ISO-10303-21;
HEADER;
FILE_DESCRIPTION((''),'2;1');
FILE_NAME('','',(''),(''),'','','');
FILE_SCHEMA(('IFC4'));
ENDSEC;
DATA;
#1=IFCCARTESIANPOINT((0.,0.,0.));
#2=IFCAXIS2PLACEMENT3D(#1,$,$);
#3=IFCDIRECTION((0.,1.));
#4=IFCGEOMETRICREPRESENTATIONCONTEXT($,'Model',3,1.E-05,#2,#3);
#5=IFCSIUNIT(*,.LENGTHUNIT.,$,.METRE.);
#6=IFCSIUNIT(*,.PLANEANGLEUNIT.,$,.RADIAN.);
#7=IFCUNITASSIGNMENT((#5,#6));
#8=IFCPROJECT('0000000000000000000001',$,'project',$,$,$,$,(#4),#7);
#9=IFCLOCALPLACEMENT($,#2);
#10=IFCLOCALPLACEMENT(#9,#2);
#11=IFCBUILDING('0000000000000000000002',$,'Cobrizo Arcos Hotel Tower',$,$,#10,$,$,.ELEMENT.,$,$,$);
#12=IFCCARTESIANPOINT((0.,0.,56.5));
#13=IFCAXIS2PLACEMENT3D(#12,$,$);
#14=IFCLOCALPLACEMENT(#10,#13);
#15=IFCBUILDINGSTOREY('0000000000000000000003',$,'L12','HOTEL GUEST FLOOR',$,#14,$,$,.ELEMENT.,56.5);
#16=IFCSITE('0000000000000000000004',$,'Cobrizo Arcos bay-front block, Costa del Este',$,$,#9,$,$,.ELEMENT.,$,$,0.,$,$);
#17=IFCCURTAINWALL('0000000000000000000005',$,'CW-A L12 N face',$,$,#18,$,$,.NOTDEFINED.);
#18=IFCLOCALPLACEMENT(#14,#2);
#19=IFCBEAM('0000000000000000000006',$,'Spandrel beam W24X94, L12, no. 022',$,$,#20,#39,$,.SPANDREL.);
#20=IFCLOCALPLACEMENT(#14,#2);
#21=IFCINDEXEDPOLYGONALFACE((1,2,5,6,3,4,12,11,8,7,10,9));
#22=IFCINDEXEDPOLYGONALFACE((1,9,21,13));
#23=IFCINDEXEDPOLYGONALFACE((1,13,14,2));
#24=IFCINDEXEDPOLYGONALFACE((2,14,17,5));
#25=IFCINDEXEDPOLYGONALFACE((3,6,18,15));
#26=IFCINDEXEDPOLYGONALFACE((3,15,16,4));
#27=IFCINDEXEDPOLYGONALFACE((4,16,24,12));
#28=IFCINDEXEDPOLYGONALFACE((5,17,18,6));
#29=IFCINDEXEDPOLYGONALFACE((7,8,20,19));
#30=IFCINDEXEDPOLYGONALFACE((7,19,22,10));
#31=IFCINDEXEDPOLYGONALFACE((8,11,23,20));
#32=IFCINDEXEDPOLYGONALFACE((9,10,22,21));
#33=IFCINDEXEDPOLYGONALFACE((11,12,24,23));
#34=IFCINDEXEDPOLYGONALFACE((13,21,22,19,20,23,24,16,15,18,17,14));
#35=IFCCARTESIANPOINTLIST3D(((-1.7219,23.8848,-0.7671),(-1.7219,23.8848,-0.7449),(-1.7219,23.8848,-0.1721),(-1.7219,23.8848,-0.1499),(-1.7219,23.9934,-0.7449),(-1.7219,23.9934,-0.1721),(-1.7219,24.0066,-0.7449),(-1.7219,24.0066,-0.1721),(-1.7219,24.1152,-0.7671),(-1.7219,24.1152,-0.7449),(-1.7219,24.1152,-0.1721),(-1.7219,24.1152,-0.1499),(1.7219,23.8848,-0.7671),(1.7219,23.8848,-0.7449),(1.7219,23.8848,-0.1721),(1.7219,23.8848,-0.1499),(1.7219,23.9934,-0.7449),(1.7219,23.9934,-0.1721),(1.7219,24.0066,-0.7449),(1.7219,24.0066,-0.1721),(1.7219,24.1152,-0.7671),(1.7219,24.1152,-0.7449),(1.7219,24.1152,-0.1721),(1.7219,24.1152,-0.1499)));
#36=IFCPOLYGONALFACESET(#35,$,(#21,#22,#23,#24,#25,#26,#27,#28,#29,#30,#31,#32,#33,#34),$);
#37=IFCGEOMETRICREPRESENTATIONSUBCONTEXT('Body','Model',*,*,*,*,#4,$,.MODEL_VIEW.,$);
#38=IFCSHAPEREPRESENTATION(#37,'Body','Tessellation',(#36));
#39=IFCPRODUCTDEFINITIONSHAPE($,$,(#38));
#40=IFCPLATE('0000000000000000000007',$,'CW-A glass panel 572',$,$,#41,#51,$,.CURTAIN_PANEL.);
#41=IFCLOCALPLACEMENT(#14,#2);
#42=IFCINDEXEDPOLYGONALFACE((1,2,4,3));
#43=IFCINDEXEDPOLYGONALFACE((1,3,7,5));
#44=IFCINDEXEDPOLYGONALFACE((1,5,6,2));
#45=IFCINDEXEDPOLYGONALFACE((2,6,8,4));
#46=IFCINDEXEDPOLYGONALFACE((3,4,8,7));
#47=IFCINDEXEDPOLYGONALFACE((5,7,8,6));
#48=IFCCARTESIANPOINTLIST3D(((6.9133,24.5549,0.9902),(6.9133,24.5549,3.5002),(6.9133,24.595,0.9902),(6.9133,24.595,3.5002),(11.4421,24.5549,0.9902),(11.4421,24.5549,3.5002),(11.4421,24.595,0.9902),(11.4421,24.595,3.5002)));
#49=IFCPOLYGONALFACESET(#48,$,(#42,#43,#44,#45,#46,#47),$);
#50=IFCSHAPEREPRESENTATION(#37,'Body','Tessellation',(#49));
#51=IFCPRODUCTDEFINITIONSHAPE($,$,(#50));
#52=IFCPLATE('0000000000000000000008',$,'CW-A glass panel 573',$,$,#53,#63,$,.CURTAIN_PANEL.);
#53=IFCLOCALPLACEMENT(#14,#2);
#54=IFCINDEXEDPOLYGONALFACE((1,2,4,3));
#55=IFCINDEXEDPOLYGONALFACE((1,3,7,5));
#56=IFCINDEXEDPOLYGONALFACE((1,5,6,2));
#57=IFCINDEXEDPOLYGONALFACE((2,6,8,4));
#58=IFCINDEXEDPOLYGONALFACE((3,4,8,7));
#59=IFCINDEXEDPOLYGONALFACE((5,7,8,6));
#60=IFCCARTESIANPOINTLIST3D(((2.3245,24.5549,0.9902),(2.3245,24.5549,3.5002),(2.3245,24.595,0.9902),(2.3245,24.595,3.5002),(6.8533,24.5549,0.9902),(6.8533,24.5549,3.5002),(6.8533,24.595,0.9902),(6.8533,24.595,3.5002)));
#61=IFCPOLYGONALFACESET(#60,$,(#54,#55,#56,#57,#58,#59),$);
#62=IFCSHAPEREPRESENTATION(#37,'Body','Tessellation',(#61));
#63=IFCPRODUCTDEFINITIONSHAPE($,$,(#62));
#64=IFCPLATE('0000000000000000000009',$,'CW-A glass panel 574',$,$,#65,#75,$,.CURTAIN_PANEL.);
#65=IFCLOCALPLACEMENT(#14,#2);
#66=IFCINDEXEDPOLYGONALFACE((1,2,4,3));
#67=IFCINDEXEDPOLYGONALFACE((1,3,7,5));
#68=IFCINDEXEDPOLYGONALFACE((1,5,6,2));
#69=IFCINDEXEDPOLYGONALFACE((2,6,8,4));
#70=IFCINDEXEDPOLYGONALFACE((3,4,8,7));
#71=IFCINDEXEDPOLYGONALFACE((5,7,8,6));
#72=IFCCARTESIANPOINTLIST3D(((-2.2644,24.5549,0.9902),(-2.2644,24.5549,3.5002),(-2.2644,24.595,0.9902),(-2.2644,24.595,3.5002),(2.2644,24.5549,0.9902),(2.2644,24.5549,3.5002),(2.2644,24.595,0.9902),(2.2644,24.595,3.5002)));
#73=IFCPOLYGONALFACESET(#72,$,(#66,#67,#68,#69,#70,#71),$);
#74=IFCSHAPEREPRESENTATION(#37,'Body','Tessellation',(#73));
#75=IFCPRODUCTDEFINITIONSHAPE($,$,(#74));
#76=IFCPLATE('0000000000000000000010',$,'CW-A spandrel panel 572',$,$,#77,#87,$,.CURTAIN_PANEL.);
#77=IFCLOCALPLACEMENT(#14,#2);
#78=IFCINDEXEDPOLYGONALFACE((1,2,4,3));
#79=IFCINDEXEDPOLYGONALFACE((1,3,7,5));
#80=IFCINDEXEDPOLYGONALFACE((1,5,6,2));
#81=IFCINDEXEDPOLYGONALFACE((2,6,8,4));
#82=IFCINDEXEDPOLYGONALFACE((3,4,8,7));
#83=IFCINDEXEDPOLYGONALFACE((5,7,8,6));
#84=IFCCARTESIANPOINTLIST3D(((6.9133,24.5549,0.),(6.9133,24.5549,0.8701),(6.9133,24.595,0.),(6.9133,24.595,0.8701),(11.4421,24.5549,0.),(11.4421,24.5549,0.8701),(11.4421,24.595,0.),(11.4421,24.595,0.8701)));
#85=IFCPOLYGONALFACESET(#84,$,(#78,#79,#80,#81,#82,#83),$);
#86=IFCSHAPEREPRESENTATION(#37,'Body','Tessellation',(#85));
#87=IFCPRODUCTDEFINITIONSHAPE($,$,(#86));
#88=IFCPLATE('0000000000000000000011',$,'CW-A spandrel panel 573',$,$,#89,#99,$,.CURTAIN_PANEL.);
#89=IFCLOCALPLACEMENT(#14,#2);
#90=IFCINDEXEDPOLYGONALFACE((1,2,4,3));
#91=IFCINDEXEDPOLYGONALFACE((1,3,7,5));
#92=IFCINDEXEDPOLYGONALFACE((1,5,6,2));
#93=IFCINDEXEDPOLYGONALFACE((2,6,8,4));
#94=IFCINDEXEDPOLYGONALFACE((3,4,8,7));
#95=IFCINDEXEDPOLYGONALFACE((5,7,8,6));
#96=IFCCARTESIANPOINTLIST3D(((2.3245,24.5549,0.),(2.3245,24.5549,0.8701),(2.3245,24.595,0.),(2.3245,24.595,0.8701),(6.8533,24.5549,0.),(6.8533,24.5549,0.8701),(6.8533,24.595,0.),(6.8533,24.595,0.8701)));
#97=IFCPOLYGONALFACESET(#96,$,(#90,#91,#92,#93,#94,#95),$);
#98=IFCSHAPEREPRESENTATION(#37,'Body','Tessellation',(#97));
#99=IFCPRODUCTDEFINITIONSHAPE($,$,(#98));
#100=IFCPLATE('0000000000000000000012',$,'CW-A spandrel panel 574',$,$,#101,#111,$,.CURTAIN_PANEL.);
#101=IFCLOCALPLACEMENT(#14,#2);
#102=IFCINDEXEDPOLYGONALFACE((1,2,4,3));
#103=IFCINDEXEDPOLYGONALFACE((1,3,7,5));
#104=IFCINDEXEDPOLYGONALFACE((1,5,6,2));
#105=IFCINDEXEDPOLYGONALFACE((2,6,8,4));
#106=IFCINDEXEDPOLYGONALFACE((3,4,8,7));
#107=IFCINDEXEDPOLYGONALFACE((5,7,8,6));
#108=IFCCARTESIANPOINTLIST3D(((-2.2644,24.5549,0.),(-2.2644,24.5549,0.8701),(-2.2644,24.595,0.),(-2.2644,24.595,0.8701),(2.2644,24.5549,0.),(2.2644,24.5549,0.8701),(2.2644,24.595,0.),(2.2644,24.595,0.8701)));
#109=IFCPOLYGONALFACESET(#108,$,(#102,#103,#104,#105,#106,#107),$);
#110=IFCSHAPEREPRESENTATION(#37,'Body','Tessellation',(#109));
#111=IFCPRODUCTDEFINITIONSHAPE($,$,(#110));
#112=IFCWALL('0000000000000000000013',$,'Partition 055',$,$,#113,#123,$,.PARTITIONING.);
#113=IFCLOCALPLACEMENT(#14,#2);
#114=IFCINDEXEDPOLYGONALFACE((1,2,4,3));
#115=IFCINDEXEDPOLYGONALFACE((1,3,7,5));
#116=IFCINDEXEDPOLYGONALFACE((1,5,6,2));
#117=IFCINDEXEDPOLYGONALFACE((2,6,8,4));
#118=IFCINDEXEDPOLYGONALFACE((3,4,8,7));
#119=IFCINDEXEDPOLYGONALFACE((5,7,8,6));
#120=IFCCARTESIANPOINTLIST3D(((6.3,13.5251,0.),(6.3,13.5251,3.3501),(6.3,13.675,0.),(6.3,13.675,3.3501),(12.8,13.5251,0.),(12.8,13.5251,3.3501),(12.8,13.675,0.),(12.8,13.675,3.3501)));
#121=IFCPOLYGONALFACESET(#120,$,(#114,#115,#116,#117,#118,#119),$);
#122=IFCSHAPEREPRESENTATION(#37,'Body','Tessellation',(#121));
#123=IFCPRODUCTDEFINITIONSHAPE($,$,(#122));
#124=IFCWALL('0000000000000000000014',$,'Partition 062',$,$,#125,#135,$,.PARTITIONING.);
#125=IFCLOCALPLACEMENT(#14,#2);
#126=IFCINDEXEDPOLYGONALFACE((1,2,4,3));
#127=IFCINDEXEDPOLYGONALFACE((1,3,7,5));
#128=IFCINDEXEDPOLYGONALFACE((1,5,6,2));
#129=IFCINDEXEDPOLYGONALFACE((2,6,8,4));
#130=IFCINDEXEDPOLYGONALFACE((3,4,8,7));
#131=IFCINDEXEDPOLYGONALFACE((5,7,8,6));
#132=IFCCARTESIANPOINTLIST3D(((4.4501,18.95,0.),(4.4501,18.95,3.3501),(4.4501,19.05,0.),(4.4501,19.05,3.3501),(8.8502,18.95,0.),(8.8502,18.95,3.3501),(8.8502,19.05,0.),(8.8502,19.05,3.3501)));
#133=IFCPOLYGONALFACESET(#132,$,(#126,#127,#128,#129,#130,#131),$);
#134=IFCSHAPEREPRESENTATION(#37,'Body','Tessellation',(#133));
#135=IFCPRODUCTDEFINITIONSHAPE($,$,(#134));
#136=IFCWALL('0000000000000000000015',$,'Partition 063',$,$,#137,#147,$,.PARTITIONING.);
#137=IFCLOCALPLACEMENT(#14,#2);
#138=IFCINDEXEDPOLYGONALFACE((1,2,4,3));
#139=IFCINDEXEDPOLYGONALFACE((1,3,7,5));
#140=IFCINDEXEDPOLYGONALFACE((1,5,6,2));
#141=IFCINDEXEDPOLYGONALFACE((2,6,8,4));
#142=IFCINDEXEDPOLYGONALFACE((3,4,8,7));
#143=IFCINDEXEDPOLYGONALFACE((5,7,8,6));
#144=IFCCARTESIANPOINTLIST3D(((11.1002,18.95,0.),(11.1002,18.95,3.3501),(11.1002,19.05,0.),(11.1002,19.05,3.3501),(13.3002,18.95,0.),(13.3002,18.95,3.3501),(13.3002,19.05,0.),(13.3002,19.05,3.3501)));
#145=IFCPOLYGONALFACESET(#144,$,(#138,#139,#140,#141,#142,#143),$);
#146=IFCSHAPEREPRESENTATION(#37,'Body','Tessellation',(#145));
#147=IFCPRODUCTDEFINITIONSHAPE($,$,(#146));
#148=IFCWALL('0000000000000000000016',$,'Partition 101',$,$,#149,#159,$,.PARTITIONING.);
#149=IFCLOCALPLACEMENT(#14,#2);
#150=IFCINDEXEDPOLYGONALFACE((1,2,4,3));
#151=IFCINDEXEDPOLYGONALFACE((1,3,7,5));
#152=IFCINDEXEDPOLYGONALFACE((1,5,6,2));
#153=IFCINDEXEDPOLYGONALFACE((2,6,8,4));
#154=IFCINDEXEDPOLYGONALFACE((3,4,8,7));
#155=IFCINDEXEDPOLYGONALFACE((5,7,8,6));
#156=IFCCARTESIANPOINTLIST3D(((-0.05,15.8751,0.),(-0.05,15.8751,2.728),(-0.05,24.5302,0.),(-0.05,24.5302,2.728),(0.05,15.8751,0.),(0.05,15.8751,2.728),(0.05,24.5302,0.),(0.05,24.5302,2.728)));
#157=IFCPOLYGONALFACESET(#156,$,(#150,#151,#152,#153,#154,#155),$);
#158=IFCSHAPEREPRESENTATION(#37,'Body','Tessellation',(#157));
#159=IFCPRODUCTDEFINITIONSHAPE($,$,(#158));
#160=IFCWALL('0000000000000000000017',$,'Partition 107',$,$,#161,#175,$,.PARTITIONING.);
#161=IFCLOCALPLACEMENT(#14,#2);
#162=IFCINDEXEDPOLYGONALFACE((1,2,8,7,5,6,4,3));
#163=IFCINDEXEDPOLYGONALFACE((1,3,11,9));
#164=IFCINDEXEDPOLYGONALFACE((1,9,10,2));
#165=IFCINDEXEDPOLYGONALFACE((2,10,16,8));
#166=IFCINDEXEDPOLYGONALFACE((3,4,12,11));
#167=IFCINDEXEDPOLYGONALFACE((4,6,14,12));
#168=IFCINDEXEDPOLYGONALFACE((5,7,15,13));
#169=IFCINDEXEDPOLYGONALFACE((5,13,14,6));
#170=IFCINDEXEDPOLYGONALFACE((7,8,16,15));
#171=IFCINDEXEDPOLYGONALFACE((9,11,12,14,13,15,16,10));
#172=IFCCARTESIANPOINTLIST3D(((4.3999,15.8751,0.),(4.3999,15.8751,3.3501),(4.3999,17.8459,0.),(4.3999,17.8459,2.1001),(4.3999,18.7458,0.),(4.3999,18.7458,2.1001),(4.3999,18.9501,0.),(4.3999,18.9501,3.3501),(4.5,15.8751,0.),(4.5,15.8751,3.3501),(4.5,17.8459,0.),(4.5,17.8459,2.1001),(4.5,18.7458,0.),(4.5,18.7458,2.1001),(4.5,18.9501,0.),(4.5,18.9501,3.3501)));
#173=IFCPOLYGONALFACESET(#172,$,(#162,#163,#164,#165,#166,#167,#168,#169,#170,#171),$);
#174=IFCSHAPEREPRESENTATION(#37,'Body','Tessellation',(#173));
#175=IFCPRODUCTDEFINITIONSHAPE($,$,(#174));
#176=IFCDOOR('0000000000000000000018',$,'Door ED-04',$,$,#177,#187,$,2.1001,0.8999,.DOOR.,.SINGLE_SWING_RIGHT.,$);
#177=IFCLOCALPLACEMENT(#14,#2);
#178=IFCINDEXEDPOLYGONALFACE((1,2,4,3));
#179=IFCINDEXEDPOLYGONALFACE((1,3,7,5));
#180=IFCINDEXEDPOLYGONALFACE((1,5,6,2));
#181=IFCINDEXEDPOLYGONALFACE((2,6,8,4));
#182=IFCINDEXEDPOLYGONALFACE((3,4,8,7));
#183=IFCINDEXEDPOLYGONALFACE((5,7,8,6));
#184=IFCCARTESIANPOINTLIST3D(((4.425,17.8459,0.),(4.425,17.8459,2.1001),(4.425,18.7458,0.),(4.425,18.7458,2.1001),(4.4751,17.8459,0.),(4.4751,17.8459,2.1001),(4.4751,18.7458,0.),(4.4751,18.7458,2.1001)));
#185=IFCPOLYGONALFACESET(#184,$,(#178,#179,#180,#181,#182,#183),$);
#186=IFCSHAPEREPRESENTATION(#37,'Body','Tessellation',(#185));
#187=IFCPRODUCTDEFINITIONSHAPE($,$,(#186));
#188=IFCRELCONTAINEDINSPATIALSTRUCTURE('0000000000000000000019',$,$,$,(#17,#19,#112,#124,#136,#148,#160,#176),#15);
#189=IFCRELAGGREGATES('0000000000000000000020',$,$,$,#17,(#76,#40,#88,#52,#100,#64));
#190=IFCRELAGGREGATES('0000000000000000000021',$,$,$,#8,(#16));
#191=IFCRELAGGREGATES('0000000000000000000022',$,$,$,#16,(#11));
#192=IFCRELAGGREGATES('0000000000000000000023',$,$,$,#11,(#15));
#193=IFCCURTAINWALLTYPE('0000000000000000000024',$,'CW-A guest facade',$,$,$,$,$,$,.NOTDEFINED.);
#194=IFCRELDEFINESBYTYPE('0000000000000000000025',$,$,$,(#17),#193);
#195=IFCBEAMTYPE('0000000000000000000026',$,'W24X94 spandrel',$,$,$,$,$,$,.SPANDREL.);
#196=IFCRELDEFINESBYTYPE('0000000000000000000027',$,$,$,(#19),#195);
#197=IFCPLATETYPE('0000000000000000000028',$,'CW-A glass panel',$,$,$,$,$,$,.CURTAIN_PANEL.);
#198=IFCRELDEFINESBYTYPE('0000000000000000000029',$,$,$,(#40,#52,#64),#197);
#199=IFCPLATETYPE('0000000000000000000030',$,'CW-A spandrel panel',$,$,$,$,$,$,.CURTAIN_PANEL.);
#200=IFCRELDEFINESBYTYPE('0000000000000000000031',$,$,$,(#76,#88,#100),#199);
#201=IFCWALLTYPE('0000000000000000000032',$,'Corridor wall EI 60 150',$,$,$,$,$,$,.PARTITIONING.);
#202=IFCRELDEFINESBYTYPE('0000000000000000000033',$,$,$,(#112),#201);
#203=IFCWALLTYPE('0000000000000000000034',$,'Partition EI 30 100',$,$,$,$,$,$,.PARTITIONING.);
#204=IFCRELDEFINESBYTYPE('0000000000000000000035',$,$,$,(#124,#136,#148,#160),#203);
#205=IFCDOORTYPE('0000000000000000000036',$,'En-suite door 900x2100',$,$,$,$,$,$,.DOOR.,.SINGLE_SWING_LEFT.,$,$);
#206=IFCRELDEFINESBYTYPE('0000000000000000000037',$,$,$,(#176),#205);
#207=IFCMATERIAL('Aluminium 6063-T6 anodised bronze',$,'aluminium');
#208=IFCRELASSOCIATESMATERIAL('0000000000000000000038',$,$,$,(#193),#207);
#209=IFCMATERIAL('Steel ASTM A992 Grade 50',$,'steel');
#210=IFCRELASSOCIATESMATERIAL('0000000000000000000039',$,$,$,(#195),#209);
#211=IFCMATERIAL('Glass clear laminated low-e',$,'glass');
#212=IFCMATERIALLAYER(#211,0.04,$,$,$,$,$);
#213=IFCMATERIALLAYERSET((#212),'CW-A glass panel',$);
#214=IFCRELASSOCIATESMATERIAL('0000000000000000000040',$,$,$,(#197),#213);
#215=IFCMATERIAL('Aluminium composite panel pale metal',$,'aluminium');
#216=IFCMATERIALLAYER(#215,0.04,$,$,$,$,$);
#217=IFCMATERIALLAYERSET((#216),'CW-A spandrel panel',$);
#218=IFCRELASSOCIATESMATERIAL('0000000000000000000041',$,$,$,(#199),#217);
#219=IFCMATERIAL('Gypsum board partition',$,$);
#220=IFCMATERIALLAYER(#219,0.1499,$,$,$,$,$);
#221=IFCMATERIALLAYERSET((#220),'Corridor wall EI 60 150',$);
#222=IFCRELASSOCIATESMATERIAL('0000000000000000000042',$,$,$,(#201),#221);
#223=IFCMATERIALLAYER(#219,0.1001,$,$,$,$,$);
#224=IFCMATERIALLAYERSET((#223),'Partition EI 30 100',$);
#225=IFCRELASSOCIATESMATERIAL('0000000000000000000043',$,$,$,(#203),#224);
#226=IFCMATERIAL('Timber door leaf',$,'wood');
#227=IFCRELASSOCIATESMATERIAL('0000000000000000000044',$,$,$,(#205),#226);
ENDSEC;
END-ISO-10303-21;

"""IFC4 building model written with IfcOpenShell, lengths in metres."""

from ifc_helpers import new_model, si_unit, direction, frame, frame_2d, origin, origin_2d, place, context, subcontext, project, spatial, rectangle, i_section, extrude, material, layer, layer_set, material_profile, profile_set, type_object, element, fill, aggregate, save


model = new_model("IFC4")

# Units and contexts
model_context = context("Model", 3, precision=1e-05, world=origin(), true_north=direction((0.0, 1.0)))
body_context = subcontext(model_context, "Body", "Model", "MODEL_VIEW")
ifc_project = project(units=[si_unit("LENGTHUNIT", "METRE"), si_unit("PLANEANGLEUNIT", "RADIAN")], contexts=[model_context])

# Site, building, storey
site_placement = place(None, origin())
site = spatial("IfcSite", under=ifc_project, at=site_placement, Name="Cobrizo Arcos bay-front block, Costa del Este", CompositionType="ELEMENT", RefElevation=0.0)
building_placement = place(site_placement, origin())
building = spatial("IfcBuilding", under=site, at=building_placement, Name="Cobrizo Arcos Hotel Tower", CompositionType="ELEMENT")
storey_placement = place(building_placement, frame((0.0, 0.0, 56.5)))
storey = spatial("IfcBuildingStorey", under=building, at=storey_placement, Name="L12", Description="HOTEL GUEST FLOOR", CompositionType="ELEMENT", Elevation=56.5)

# Curtain wall
ifc_material_1 = material(Name="Aluminium 6063-T6 anodised bronze", Category="aluminium")
curtain_wall_type = type_object("IfcCurtainWallType", Name="CW-A guest facade", PredefinedType="NOTDEFINED", material=ifc_material_1)
curtain_wall_placement = place(storey_placement, origin())
curtain_wall = element("IfcCurtainWall", 1, at=curtain_wall_placement, inside=storey, type_object=curtain_wall_type, Name="CW-A L12 N face", PredefinedType="NOTDEFINED")

# Beam
ifc_material_2 = material(Name="Steel ASTM A992 Grade 50", Category="steel")
ifc_material_profile_1 = material_profile(ifc_material_2, i_section(OverallWidth=0.2305, OverallDepth=0.6172, WebThickness=0.0132, FlangeThickness=0.0222, at=origin_2d()), Name="W24X94")
ifc_profile_set_1 = profile_set([ifc_material_profile_1], Name="Steel ASTM A992 Grade 50")
beam_type = type_object("IfcBeamType", Name="W24X94 spandrel", PredefinedType="SPANDREL", material=ifc_profile_set_1)
beam_1_placement = place(storey_placement, frame((1.7219, 24.0, -0.4585), z_axis=(-1.0, 0.0, 0.0), x_axis=(0.0, -1.0, 0.0)))
element("IfcBeam", 2, at=beam_1_placement, inside=storey, type_object=beam_type, Name="Spandrel beam W24X94, L12, no. 022", PredefinedType="SPANDREL", context=body_context, shape_type="SweptSolid", body=[
    extrude(i_section(OverallWidth=0.2305, OverallDepth=0.6172, WebThickness=0.0132, FlangeThickness=0.0222, at=origin_2d()), origin(), (0.0, 0.0, 1.0), 3.4438),
])

# Plates
ifc_material_3 = material(Name="Glass clear laminated low-e", Category="glass")
ifc_layer_1 = layer(ifc_material_3, 0.04)
ifc_layer_set_1 = layer_set([ifc_layer_1], Name="CW-A glass panel")
plate_type_1 = type_object("IfcPlateType", Name="CW-A glass panel", PredefinedType="CURTAIN_PANEL", material=ifc_layer_set_1)
plate_1_placement = place(storey_placement, frame((9.1777, 24.575, 0.9902), z_axis=(0.0, 0.0, 1.0), x_axis=(-1.0, 0.0, 0.0)))
plate_1 = element("IfcPlate", 3, at=plate_1_placement, type_object=plate_type_1, Name="CW-A glass panel 572", PredefinedType="CURTAIN_PANEL", context=body_context, shape_type="SweptSolid", body=[
    extrude(rectangle(XDim=4.5288, YDim=0.04, at=origin_2d()), origin(), (0.0, 0.0, 1.0), 2.51),
])
plate_2_placement = place(storey_placement, frame((4.5889, 24.575, 0.9902), z_axis=(0.0, 0.0, 1.0), x_axis=(-1.0, 0.0, 0.0)))
plate_2 = element("IfcPlate", 4, at=plate_2_placement, type_object=plate_type_1, Name="CW-A glass panel 573", PredefinedType="CURTAIN_PANEL", context=body_context, shape_type="SweptSolid", body=[
    extrude(rectangle(XDim=4.5288, YDim=0.04, at=origin_2d()), origin(), (0.0, 0.0, 1.0), 2.51),
])
plate_3_placement = place(storey_placement, frame((0.0, 24.575, 0.9902), z_axis=(0.0, 0.0, 1.0), x_axis=(-1.0, 0.0, 0.0)))
plate_3 = element("IfcPlate", 5, at=plate_3_placement, type_object=plate_type_1, Name="CW-A glass panel 574", PredefinedType="CURTAIN_PANEL", context=body_context, shape_type="SweptSolid", body=[
    extrude(rectangle(XDim=4.5288, YDim=0.04, at=origin_2d()), origin(), (0.0, 0.0, 1.0), 2.51),
])
ifc_material_4 = material(Name="Aluminium composite panel pale metal", Category="aluminium")
ifc_layer_2 = layer(ifc_material_4, 0.04)
ifc_layer_set_2 = layer_set([ifc_layer_2], Name="CW-A spandrel panel")
plate_type_2 = type_object("IfcPlateType", Name="CW-A spandrel panel", PredefinedType="CURTAIN_PANEL", material=ifc_layer_set_2)
plate_4_placement = place(storey_placement, frame((9.1777, 24.575, 0.0), z_axis=(0.0, 0.0, 1.0), x_axis=(-1.0, 0.0, 0.0)))
plate_4 = element("IfcPlate", 6, at=plate_4_placement, type_object=plate_type_2, Name="CW-A spandrel panel 572", PredefinedType="CURTAIN_PANEL", context=body_context, shape_type="SweptSolid", body=[
    extrude(rectangle(XDim=4.5288, YDim=0.04, at=origin_2d()), origin(), (0.0, 0.0, 1.0), 0.8701),
])
plate_5_placement = place(storey_placement, frame((4.5889, 24.575, 0.0), z_axis=(0.0, 0.0, 1.0), x_axis=(-1.0, 0.0, 0.0)))
plate_5 = element("IfcPlate", 7, at=plate_5_placement, type_object=plate_type_2, Name="CW-A spandrel panel 573", PredefinedType="CURTAIN_PANEL", context=body_context, shape_type="SweptSolid", body=[
    extrude(rectangle(XDim=4.5288, YDim=0.04, at=origin_2d()), origin(), (0.0, 0.0, 1.0), 0.8701),
])
plate_6_placement = place(storey_placement, frame((0.0, 24.575, 0.0), z_axis=(0.0, 0.0, 1.0), x_axis=(-1.0, 0.0, 0.0)))
plate_6 = element("IfcPlate", 8, at=plate_6_placement, type_object=plate_type_2, Name="CW-A spandrel panel 574", PredefinedType="CURTAIN_PANEL", context=body_context, shape_type="SweptSolid", body=[
    extrude(rectangle(XDim=4.5288, YDim=0.04, at=origin_2d()), origin(), (0.0, 0.0, 1.0), 0.8701),
])
aggregate(curtain_wall, [plate_4, plate_1, plate_5, plate_2, plate_6, plate_3])

# Walls
ifc_material_5 = material(Name="Gypsum board partition")
ifc_layer_3 = layer(ifc_material_5, 0.1499)
ifc_layer_set_3 = layer_set([ifc_layer_3], Name="Corridor wall EI 60 150")
wall_type_1 = type_object("IfcWallType", Name="Corridor wall EI 60 150", PredefinedType="PARTITIONING", material=ifc_layer_set_3)
wall_1_placement = place(storey_placement, frame((6.3, 13.6001, 0.0), z_axis=(0.0, 0.0, 1.0), x_axis=(1.0, 0.0, 0.0)))
element("IfcWall", 9, at=wall_1_placement, inside=storey, type_object=wall_type_1, Name="Partition 055", PredefinedType="PARTITIONING", context=body_context, shape_type="SweptSolid", body=[
    extrude(rectangle(XDim=6.5, YDim=0.1499, at=frame_2d((3.25, 0.0))), origin(), (0.0, 0.0, 1.0), 3.3501),
])
ifc_layer_4 = layer(ifc_material_5, 0.1001)
ifc_layer_set_4 = layer_set([ifc_layer_4], Name="Partition EI 30 100")
wall_type_2 = type_object("IfcWallType", Name="Partition EI 30 100", PredefinedType="PARTITIONING", material=ifc_layer_set_4)
wall_2_placement = place(storey_placement, frame((4.45, 19.0, 0.0), z_axis=(0.0, 0.0, 1.0), x_axis=(1.0, 0.0, 0.0)))
element("IfcWall", 10, at=wall_2_placement, inside=storey, type_object=wall_type_2, Name="Partition 062", PredefinedType="PARTITIONING", context=body_context, shape_type="SweptSolid", body=[
    extrude(rectangle(XDim=4.4001, YDim=0.1001, at=frame_2d((2.2002, 0.0))), origin(), (0.0, 0.0, 1.0), 3.3501),
])
wall_3_placement = place(storey_placement, frame((11.1001, 19.0, 0.0), z_axis=(0.0, 0.0, 1.0), x_axis=(1.0, 0.0, 0.0)))
element("IfcWall", 11, at=wall_3_placement, inside=storey, type_object=wall_type_2, Name="Partition 063", PredefinedType="PARTITIONING", context=body_context, shape_type="SweptSolid", body=[
    extrude(rectangle(XDim=2.2, YDim=0.1001, at=frame_2d((1.1001, 0.0))), origin(), (0.0, 0.0, 1.0), 3.3501),
])
wall_4_placement = place(storey_placement, frame((0.0, 15.875, 0.0), z_axis=(0.0, 0.0, 1.0), x_axis=(0.0, 1.0, 0.0)))
element("IfcWall", 12, at=wall_4_placement, inside=storey, type_object=wall_type_2, Name="Partition 101", PredefinedType="PARTITIONING", context=body_context, shape_type="SweptSolid", body=[
    extrude(rectangle(XDim=8.655, YDim=0.1001, at=frame_2d((4.3276, 0.0))), origin(), (0.0, 0.0, 1.0), 2.728),
])

# Wall, opening, door
wall_5_placement = place(storey_placement, frame((4.45, 15.875, 0.0), z_axis=(0.0, 0.0, 1.0), x_axis=(0.0, 1.0, 0.0)))
wall_5 = element("IfcWall", 13, at=wall_5_placement, inside=storey, type_object=wall_type_2, Name="Partition 107", PredefinedType="PARTITIONING", context=body_context, shape_type="SweptSolid", body=[
    extrude(rectangle(XDim=3.075, YDim=0.1001, at=frame_2d((1.5376, 0.0))), origin(), (0.0, 0.0, 1.0), 3.3501),
])
opening_1_placement = place(wall_5_placement, frame((1.9709, 0.0, 0.0)))
opening_1 = element("IfcOpeningElement", 14, at=opening_1_placement, cuts=wall_5, PredefinedType="OPENING", context=body_context, shape_type="SweptSolid", body=[
    extrude(rectangle(XDim=0.8999, YDim=2.1001, at=frame_2d((0.45, 1.05))), frame((0.0, 0.062, 0.0), z_axis=(0.0, -1.0, 0.0), x_axis=(1.0, 0.0, 0.0)), (0.0, 0.0, 1.0), 0.124),
])
ifc_material_6 = material(Name="Timber door leaf", Category="wood")
door_type = type_object("IfcDoorType", Name="En-suite door 900x2100", OperationType="SINGLE_SWING_LEFT", PredefinedType="DOOR", material=ifc_material_6)
door_1_placement = place(opening_1_placement, origin())
door_1 = element("IfcDoor", 15, at=door_1_placement, inside=storey, type_object=door_type, Name="Door ED-04", OperationType="SINGLE_SWING_RIGHT", OverallHeight=2.1001, OverallWidth=0.8999, PredefinedType="DOOR", context=body_context, shape_type="SweptSolid", body=[
    extrude(rectangle(XDim=0.8999, YDim=2.1001, at=frame_2d((0.45, 1.05))), frame((0.0, 0.0249, 0.0), z_axis=(0.0, -1.0, 0.0), x_axis=(1.0, 0.0, 0.0)), (0.0, 0.0, 1.0), 0.05),
])
fill(opening_1, door_1)

save(model, "model.ifc")
